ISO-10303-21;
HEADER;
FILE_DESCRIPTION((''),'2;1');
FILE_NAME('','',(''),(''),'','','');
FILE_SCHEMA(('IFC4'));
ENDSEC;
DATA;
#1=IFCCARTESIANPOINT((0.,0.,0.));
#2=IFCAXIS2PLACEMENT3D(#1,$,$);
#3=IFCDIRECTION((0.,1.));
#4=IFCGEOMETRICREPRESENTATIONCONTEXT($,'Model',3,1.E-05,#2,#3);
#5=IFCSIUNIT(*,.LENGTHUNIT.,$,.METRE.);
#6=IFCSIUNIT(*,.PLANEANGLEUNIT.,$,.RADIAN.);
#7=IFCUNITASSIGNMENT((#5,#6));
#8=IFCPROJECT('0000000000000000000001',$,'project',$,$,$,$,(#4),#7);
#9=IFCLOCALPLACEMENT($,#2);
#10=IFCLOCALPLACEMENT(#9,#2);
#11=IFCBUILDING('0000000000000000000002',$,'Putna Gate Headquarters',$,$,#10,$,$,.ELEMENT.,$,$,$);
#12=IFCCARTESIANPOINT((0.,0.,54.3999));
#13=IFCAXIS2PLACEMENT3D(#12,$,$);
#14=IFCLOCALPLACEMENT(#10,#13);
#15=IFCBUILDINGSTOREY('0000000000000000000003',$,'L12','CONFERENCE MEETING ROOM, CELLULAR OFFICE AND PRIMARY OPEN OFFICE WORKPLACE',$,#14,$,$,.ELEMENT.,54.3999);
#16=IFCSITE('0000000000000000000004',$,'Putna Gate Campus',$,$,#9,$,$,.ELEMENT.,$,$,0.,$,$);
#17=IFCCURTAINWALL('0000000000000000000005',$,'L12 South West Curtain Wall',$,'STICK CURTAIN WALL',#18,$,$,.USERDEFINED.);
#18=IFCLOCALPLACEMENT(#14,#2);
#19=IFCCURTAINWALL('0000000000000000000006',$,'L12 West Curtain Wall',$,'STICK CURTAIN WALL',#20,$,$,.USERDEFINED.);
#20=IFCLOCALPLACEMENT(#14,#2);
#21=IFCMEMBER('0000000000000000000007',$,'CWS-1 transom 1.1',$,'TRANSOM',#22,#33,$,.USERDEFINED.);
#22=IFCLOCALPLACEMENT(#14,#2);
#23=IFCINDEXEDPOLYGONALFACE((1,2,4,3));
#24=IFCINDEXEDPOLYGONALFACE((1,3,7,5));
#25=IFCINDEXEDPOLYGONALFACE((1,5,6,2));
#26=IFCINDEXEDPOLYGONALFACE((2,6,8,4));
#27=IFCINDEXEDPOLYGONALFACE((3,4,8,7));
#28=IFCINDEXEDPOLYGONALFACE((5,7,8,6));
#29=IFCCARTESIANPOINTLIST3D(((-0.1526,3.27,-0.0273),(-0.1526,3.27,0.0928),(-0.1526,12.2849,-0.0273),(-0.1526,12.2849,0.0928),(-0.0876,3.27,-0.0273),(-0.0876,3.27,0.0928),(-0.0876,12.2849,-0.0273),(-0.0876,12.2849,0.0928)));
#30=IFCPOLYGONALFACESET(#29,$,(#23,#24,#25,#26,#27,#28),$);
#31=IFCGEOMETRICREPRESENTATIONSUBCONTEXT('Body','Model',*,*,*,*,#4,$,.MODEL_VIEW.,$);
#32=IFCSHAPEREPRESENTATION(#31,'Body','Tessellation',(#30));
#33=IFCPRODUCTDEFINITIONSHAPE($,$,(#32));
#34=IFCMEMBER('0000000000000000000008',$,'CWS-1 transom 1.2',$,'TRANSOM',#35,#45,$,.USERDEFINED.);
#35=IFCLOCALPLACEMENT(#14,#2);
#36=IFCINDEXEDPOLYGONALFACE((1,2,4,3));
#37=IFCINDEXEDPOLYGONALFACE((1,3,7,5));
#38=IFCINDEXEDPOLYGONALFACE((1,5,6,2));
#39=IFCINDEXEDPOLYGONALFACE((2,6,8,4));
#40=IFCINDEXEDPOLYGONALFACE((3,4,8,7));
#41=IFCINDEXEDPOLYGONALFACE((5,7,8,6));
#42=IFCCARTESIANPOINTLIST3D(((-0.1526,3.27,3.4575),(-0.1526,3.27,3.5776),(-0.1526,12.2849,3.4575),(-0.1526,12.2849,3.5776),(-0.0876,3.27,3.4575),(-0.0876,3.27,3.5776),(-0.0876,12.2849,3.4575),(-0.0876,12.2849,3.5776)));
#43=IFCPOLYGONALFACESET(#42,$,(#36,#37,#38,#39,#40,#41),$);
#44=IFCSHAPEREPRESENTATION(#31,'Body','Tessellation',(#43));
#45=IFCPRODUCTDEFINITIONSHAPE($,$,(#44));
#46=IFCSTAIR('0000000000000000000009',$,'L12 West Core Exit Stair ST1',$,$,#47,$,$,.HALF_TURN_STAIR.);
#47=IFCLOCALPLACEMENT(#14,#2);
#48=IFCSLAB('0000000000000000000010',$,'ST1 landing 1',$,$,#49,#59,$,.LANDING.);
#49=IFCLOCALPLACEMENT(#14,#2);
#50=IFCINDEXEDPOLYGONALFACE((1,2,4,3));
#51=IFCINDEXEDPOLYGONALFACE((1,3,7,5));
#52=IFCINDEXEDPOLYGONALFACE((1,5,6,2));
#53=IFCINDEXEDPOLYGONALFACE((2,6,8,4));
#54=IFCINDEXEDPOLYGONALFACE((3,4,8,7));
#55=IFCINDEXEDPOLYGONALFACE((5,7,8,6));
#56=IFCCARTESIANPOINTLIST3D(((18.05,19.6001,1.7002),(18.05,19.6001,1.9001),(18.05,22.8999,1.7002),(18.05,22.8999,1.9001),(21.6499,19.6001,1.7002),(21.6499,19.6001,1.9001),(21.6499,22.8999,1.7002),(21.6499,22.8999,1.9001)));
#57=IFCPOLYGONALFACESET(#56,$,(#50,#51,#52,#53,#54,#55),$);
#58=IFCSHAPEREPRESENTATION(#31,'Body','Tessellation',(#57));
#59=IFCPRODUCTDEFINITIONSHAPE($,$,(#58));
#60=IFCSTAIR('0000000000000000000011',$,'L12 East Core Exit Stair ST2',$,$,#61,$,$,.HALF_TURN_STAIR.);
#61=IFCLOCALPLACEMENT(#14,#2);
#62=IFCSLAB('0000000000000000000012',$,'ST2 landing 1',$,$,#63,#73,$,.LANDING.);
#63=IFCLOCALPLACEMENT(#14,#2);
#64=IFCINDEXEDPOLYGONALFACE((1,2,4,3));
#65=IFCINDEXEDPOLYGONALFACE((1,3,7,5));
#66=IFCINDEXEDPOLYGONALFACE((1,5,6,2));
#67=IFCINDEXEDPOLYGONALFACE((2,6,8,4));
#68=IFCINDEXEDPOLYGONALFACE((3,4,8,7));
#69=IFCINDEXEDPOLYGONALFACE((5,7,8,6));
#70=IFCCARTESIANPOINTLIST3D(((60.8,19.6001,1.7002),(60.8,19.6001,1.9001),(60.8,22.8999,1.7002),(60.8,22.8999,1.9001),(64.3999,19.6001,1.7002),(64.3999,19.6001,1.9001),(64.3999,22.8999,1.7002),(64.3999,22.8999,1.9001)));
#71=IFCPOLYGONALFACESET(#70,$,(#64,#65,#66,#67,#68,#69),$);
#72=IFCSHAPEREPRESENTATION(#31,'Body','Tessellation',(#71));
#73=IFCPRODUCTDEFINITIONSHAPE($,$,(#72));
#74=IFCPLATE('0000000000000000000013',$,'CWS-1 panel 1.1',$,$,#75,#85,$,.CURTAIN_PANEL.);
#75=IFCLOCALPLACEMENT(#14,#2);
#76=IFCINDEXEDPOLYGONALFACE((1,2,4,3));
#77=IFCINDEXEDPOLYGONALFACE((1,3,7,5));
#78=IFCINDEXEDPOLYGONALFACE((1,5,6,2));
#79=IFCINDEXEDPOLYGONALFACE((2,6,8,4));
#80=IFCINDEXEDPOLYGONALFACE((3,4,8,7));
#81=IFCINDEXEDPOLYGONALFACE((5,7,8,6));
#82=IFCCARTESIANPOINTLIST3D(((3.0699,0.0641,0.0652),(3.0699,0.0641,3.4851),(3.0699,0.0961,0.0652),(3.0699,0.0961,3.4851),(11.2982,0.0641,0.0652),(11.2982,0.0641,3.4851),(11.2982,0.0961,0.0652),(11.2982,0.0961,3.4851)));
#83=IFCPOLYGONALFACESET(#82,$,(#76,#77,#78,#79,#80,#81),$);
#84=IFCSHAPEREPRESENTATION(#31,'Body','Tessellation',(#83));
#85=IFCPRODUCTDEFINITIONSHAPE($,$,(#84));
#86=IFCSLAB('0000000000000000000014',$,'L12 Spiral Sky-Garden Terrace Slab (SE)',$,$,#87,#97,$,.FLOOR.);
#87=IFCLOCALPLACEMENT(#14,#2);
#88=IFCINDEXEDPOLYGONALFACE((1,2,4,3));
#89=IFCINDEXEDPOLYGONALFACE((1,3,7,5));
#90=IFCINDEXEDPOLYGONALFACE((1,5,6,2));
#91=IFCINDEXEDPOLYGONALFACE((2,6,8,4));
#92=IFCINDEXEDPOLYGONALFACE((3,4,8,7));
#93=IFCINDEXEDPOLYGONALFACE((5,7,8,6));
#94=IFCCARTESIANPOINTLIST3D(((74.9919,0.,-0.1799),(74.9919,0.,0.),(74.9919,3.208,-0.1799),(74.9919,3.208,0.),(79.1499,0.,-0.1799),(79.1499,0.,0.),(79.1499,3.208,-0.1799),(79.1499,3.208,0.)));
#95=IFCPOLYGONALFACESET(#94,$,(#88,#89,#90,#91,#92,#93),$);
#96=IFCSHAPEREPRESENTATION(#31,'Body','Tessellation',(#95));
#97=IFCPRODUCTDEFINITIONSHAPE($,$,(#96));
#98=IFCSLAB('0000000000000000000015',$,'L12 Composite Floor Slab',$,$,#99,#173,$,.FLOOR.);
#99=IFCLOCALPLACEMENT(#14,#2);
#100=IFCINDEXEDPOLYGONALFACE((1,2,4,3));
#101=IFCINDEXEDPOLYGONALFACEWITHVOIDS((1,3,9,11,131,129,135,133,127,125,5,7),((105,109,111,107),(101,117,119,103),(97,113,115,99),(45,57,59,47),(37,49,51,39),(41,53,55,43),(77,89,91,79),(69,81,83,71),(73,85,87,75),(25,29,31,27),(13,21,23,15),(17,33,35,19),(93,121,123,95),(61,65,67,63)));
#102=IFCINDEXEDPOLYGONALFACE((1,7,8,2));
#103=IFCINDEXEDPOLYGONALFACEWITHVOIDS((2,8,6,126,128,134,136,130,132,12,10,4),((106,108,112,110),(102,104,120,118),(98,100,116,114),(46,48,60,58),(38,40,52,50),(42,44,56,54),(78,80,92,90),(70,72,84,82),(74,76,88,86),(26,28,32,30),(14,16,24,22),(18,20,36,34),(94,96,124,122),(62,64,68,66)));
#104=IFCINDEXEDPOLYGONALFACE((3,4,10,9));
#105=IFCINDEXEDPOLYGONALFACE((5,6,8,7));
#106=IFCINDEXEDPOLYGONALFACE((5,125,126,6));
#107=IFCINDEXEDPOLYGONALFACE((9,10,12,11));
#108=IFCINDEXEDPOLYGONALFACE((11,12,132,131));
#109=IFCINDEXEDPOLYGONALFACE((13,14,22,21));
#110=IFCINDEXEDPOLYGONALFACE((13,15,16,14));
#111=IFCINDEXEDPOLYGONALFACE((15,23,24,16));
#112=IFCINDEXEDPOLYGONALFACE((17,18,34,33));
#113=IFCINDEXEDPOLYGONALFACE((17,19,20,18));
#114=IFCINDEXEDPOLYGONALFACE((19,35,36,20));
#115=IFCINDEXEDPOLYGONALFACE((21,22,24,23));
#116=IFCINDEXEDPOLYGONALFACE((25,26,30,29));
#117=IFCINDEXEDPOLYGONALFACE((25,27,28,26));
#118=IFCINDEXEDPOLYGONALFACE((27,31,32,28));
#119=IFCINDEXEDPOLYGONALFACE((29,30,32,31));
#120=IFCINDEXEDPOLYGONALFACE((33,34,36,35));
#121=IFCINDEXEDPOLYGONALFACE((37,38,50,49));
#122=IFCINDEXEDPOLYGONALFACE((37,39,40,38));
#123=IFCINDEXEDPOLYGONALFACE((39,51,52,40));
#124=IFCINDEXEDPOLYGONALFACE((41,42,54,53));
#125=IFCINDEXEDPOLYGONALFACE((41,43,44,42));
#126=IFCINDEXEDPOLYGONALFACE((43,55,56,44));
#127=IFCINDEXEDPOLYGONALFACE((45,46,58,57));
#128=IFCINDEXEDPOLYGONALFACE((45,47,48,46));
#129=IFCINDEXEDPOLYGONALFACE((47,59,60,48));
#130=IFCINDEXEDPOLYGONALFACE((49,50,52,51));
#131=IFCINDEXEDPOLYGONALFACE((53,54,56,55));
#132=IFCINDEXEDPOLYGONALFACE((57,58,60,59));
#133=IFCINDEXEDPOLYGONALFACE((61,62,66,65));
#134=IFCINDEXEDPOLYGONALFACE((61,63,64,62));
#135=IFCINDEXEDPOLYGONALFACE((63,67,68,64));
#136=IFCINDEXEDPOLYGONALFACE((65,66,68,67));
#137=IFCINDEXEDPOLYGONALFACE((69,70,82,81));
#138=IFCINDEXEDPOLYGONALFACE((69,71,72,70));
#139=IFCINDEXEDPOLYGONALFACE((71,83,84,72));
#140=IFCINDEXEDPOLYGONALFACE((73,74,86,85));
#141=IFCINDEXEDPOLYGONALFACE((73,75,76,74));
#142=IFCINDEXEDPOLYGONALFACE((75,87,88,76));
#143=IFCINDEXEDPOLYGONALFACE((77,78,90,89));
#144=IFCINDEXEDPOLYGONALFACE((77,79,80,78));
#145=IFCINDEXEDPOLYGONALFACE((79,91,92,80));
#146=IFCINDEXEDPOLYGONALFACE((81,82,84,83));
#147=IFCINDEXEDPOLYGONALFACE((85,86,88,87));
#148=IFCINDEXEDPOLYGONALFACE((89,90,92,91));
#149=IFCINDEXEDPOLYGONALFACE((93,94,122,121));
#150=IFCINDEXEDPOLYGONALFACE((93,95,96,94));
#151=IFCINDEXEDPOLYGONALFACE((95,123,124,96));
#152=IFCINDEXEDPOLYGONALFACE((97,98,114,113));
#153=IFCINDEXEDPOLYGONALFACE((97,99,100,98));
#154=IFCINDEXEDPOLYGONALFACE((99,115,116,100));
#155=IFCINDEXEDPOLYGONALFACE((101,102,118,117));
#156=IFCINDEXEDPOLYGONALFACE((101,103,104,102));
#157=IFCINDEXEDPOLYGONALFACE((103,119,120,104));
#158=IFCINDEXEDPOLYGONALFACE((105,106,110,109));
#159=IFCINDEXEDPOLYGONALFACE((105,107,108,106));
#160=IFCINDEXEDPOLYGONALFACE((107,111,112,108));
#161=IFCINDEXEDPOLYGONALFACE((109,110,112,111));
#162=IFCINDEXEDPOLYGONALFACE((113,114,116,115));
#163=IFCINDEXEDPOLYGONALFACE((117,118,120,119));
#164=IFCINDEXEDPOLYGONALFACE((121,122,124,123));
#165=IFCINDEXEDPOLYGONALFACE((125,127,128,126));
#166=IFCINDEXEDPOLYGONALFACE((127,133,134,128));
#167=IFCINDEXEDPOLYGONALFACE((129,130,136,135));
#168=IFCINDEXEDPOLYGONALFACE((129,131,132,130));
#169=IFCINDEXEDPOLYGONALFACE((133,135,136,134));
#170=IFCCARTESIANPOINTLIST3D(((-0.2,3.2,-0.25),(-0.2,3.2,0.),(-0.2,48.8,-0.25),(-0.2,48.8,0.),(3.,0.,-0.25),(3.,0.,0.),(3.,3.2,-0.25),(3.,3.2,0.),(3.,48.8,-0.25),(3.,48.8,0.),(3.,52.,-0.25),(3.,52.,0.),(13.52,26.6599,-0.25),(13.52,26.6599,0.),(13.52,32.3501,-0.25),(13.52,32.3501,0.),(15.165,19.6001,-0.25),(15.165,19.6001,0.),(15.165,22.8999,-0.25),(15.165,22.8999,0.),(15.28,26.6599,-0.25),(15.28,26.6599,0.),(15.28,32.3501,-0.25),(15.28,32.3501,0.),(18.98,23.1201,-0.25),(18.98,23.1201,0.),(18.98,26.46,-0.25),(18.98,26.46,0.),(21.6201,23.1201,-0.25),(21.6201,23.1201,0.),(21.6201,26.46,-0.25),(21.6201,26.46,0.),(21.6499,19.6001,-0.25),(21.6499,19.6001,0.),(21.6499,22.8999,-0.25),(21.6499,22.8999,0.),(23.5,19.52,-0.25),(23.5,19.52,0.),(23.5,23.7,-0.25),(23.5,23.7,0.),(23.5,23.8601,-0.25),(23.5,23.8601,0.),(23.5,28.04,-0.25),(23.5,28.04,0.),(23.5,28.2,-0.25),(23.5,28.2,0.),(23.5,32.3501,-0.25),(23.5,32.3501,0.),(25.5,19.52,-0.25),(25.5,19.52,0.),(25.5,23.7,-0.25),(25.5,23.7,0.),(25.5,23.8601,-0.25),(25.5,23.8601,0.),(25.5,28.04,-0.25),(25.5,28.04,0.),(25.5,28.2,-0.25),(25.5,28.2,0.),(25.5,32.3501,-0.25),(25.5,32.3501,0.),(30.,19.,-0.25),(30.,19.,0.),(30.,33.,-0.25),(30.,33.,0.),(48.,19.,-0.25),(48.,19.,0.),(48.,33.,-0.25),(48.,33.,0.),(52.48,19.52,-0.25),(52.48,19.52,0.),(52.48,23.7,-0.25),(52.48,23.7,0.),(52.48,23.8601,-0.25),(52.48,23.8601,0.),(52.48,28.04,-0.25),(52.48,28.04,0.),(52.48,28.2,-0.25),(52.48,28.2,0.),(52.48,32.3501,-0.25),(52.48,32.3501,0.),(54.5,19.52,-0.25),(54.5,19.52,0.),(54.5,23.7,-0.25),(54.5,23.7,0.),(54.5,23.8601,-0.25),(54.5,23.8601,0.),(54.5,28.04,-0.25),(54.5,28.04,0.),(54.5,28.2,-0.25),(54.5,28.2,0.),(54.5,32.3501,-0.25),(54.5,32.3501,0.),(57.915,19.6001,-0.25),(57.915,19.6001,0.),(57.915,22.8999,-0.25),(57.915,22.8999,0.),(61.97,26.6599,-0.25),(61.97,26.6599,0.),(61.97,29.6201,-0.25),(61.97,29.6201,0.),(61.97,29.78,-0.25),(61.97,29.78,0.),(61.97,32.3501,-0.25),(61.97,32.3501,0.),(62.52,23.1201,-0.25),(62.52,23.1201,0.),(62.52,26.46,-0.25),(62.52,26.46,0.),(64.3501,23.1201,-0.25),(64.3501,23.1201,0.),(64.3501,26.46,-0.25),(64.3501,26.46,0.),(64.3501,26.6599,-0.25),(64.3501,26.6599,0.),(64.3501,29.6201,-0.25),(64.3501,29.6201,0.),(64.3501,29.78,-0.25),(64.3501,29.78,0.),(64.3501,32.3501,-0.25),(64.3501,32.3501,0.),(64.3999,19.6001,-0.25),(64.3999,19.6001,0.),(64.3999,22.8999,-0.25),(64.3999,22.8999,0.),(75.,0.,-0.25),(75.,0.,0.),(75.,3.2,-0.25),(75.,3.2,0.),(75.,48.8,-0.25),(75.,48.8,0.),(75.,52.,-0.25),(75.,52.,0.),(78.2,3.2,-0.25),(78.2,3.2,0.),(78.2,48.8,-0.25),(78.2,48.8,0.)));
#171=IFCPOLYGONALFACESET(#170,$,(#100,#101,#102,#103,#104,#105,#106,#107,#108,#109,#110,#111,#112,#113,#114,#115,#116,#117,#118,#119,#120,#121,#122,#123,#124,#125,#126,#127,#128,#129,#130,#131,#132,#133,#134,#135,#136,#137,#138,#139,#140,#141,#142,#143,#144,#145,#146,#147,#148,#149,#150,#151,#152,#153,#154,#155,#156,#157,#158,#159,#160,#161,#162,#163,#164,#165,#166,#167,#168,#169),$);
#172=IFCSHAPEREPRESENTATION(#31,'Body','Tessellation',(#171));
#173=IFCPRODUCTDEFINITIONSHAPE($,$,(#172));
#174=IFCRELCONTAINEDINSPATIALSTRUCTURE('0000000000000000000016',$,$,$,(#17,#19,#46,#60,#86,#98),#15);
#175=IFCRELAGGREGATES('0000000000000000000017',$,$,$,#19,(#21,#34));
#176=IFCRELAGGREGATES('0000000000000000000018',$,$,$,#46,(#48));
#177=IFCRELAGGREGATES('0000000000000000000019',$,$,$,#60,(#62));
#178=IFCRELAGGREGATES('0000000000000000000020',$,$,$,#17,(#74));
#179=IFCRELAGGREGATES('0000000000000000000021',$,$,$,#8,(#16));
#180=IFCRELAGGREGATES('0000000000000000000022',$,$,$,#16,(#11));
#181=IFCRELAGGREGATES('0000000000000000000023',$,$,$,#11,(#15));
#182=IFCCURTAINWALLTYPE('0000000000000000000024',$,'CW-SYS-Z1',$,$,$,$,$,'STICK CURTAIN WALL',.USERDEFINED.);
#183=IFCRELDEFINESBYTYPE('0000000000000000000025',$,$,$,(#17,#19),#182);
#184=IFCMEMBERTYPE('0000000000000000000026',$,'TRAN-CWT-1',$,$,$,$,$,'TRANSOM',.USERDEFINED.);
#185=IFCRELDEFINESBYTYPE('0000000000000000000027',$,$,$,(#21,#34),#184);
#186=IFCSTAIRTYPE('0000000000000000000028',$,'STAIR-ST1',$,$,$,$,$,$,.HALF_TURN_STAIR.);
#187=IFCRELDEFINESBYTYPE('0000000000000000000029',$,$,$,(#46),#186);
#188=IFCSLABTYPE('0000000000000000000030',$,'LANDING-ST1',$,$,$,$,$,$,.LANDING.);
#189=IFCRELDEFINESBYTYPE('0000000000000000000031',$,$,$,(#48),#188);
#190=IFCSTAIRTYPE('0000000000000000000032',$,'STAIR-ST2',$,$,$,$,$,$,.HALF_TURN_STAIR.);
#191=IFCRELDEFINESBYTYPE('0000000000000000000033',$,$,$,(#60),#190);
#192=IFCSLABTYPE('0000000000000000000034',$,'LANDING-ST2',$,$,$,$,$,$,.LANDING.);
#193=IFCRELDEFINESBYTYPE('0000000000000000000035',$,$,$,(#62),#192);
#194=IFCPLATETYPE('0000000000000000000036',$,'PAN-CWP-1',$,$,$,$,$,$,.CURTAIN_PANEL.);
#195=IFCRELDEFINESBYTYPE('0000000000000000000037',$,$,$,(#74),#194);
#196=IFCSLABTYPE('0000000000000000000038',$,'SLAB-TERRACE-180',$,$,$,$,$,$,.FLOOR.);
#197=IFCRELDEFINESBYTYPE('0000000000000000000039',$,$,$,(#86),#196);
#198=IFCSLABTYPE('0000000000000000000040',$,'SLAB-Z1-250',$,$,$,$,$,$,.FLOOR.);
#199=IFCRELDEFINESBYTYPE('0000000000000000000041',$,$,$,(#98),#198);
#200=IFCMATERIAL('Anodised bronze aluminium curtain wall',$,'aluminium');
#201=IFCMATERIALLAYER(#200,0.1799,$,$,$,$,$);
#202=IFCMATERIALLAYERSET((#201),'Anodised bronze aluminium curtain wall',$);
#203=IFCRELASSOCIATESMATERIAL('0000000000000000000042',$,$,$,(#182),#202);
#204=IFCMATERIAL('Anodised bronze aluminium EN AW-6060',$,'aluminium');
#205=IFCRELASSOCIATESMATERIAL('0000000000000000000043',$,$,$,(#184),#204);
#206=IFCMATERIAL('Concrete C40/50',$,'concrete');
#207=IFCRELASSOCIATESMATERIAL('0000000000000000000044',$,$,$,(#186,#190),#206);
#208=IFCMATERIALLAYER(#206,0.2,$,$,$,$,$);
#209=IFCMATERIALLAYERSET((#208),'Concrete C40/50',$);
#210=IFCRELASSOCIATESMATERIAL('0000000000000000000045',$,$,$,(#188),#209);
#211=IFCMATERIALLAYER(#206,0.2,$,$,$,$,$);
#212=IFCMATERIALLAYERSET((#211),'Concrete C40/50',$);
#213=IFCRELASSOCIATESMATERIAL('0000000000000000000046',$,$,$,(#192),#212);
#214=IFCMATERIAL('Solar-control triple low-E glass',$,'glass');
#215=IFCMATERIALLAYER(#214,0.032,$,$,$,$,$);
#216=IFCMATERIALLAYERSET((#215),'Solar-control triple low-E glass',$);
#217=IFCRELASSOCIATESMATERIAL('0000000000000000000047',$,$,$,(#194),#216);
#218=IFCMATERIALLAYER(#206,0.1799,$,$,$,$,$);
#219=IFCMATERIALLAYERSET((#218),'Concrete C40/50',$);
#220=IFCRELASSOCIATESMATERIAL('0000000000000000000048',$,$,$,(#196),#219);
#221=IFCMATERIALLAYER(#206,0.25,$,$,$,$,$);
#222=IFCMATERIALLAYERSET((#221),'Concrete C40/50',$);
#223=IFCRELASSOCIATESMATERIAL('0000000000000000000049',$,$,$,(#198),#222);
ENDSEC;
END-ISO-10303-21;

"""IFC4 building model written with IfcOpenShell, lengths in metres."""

from ifc_helpers import new_model, si_unit, direction, frame, origin, origin_2d, place, context, subcontext, project, spatial, polyline, rectangle, outline, extrude, material, layer, layer_set, material_profile, profile_set, type_object, element, aggregate, save


model = new_model("IFC4")

# Units and contexts
model_context = context("Model", 3, precision=1e-05, world=origin(), true_north=direction((0.0, 1.0)))
body_context = subcontext(model_context, "Body", "Model", "MODEL_VIEW")
ifc_project = project(units=[si_unit("LENGTHUNIT", "METRE"), si_unit("PLANEANGLEUNIT", "RADIAN")], contexts=[model_context])

# Site, building, storey
site_placement = place(None, origin())
site = spatial("IfcSite", under=ifc_project, at=site_placement, Name="Putna Gate Campus", CompositionType="ELEMENT", RefElevation=0.0)
building_placement = place(site_placement, origin())
building = spatial("IfcBuilding", under=site, at=building_placement, Name="Putna Gate Headquarters", CompositionType="ELEMENT")
storey_placement = place(building_placement, frame((0.0, 0.0, 54.3999)))
storey = spatial("IfcBuildingStorey", under=building, at=storey_placement, Name="L12", Description="CONFERENCE MEETING ROOM, CELLULAR OFFICE AND PRIMARY OPEN OFFICE WORKPLACE", CompositionType="ELEMENT", Elevation=54.3999)

# Curtain wall
ifc_material_1 = material(Name="Anodised bronze aluminium curtain wall", Category="aluminium")
ifc_layer_1 = layer(ifc_material_1, 0.1799)
ifc_layer_set_1 = layer_set([ifc_layer_1], Name="Anodised bronze aluminium curtain wall")
curtain_wall_type = type_object("IfcCurtainWallType", Name="CW-SYS-Z1", ElementType="STICK CURTAIN WALL", PredefinedType="USERDEFINED", material=ifc_layer_set_1)
curtain_wall_1_placement = place(storey_placement, origin())
curtain_wall_1 = element("IfcCurtainWall", 1, at=curtain_wall_1_placement, inside=storey, type_object=curtain_wall_type, Name="L12 South West Curtain Wall", ObjectType="STICK CURTAIN WALL", PredefinedType="USERDEFINED")
ifc_material_2 = material(Name="Anodised bronze aluminium EN AW-6060", Category="aluminium")

# Curtain wall
curtain_wall_2_placement = place(storey_placement, origin())
curtain_wall_2 = element("IfcCurtainWall", 2, at=curtain_wall_2_placement, inside=storey, type_object=curtain_wall_type, Name="L12 West Curtain Wall", ObjectType="STICK CURTAIN WALL", PredefinedType="USERDEFINED")

# Members
ifc_material_profile_1 = material_profile(ifc_material_2, rectangle(XDim=0.0649, YDim=0.1201, at=origin_2d()), Name="Anodised bronze aluminium EN AW-6060")
ifc_profile_set_1 = profile_set([ifc_material_profile_1], Name="Anodised bronze aluminium EN AW-6060")
member_type_1 = type_object("IfcMemberType", Name="TRAN-CWT-1", ElementType="TRANSOM", PredefinedType="USERDEFINED", material=ifc_profile_set_1)
member_1_placement = place(storey_placement, frame((-0.1201, 3.27, 0.0327), z_axis=(0.0, 1.0, 0.0), x_axis=(-1.0, 0.0, 0.0)))
member_1 = element("IfcMember", 3, at=member_1_placement, type_object=member_type_1, Name="CWS-1 transom 1.1", ObjectType="TRANSOM", PredefinedType="USERDEFINED", context=body_context, shape_type="SweptSolid", body=[
    extrude(rectangle(XDim=0.0649, YDim=0.1201, at=origin_2d()), origin(), (0.0, 0.0, 1.0), 9.0149),
])
member_2_placement = place(storey_placement, frame((-0.1201, 3.27, 3.5176), z_axis=(0.0, 1.0, 0.0), x_axis=(-1.0, 0.0, 0.0)))
member_2 = element("IfcMember", 4, at=member_2_placement, type_object=member_type_1, Name="CWS-1 transom 1.2", ObjectType="TRANSOM", PredefinedType="USERDEFINED", context=body_context, shape_type="SweptSolid", body=[
    extrude(rectangle(XDim=0.0649, YDim=0.1201, at=origin_2d()), origin(), (0.0, 0.0, 1.0), 9.0149),
])
aggregate(curtain_wall_2, [member_1, member_2])

# Stairs, slabs
ifc_material_3 = material(Name="Concrete C40/50", Category="concrete")
stair_type_1 = type_object("IfcStairType", Name="STAIR-ST1", PredefinedType="HALF_TURN_STAIR", material=ifc_material_3)
stair_1_placement = place(storey_placement, origin())
stair_1 = element("IfcStair", 5, at=stair_1_placement, inside=storey, type_object=stair_type_1, Name="L12 West Core Exit Stair ST1", PredefinedType="HALF_TURN_STAIR")
ifc_layer_2 = layer(ifc_material_3, 0.2)
ifc_layer_set_2 = layer_set([ifc_layer_2], Name="Concrete C40/50")
slab_type_1 = type_object("IfcSlabType", Name="LANDING-ST1", PredefinedType="LANDING", material=ifc_layer_set_2)
slab_1_placement = place(storey_placement, frame((0.0, 0.0, 1.7002)))
slab_1 = element("IfcSlab", 6, at=slab_1_placement, type_object=slab_type_1, Name="ST1 landing 1", PredefinedType="LANDING", context=body_context, shape_type="SweptSolid", body=[
    extrude(outline(polyline([(18.05, 19.6001), (21.6499, 19.6001), (21.6499, 22.8999), (18.05, 22.8999), (18.05, 19.6001)])), origin(), (0.0, 0.0, 1.0), 0.2),
])
aggregate(stair_1, [slab_1])
stair_type_2 = type_object("IfcStairType", Name="STAIR-ST2", PredefinedType="HALF_TURN_STAIR", material=ifc_material_3)
stair_2_placement = place(storey_placement, origin())
stair_2 = element("IfcStair", 7, at=stair_2_placement, inside=storey, type_object=stair_type_2, Name="L12 East Core Exit Stair ST2", PredefinedType="HALF_TURN_STAIR")
ifc_layer_3 = layer(ifc_material_3, 0.2)
ifc_layer_set_3 = layer_set([ifc_layer_3], Name="Concrete C40/50")
slab_type_2 = type_object("IfcSlabType", Name="LANDING-ST2", PredefinedType="LANDING", material=ifc_layer_set_3)
slab_2_placement = place(storey_placement, frame((0.0, 0.0, 1.7002)))
slab_2 = element("IfcSlab", 8, at=slab_2_placement, type_object=slab_type_2, Name="ST2 landing 1", PredefinedType="LANDING", context=body_context, shape_type="SweptSolid", body=[
    extrude(outline(polyline([(60.8, 19.6001), (64.3999, 19.6001), (64.3999, 22.8999), (60.8, 22.8999), (60.8, 19.6001)])), origin(), (0.0, 0.0, 1.0), 0.2),
])
aggregate(stair_2, [slab_2])

# Plate
ifc_material_4 = material(Name="Solar-control triple low-E glass", Category="glass")
ifc_layer_4 = layer(ifc_material_4, 0.032)
ifc_layer_set_4 = layer_set([ifc_layer_4], Name="Solar-control triple low-E glass")
plate_type = type_object("IfcPlateType", Name="PAN-CWP-1", PredefinedType="CURTAIN_PANEL", material=ifc_layer_set_4)
plate_placement = place(storey_placement, frame((7.1841, 0.0801, 0.0652), z_axis=(0.0, 0.0, 1.0), x_axis=(1.0, 0.0, 0.0)))
plate = element("IfcPlate", 9, at=plate_placement, type_object=plate_type, Name="CWS-1 panel 1.1", PredefinedType="CURTAIN_PANEL", context=body_context, shape_type="SweptSolid", body=[
    extrude(rectangle(XDim=8.2283, YDim=0.032, at=origin_2d()), origin(), (0.0, 0.0, 1.0), 3.4199),
])
aggregate(curtain_wall_1, [plate])

# Slabs
ifc_layer_5 = layer(ifc_material_3, 0.1799)
ifc_layer_set_5 = layer_set([ifc_layer_5], Name="Concrete C40/50")
slab_type_3 = type_object("IfcSlabType", Name="SLAB-TERRACE-180", PredefinedType="FLOOR", material=ifc_layer_set_5)
slab_3_placement = place(storey_placement, frame((0.0, 0.0, -0.1799)))
element("IfcSlab", 10, at=slab_3_placement, inside=storey, type_object=slab_type_3, Name="L12 Spiral Sky-Garden Terrace Slab (SE)", PredefinedType="FLOOR", context=body_context, shape_type="SweptSolid", body=[
    extrude(outline(polyline([(74.9919, 0.0), (79.1499, 0.0), (79.1499, 3.208), (74.9919, 3.208), (74.9919, 0.0)])), origin(), (0.0, 0.0, 1.0), 0.1799),
])
ifc_layer_6 = layer(ifc_material_3, 0.25)
ifc_layer_set_6 = layer_set([ifc_layer_6], Name="Concrete C40/50")
slab_type_4 = type_object("IfcSlabType", Name="SLAB-Z1-250", PredefinedType="FLOOR", material=ifc_layer_set_6)
slab_4_placement = place(storey_placement, frame((0.0, 0.0, -0.25)))
element("IfcSlab", 11, at=slab_4_placement, inside=storey, type_object=slab_type_4, Name="L12 Composite Floor Slab", PredefinedType="FLOOR", context=body_context, shape_type="SweptSolid", body=[
    extrude(outline(polyline([(3.0, 0.0), (75.0, 0.0), (75.0, 3.2), (78.2, 3.2), (78.2, 48.8), (75.0, 48.8), (75.0, 52.0), (3.0, 52.0), (3.0, 48.8), (-0.2, 48.8), (-0.2, 3.2), (3.0, 3.2), (3.0, 0.0)]), holes=[polyline([(15.165, 19.6001), (21.6499, 19.6001), (21.6499, 22.8999), (15.165, 22.8999), (15.165, 19.6001)]), polyline([(57.915, 19.6001), (64.3999, 19.6001), (64.3999, 22.8999), (57.915, 22.8999), (57.915, 19.6001)]), polyline([(13.52, 26.6599), (15.28, 26.6599), (15.28, 32.3501), (13.52, 32.3501), (13.52, 26.6599)]), polyline([(61.97, 29.78), (64.3501, 29.78), (64.3501, 32.3501), (61.97, 32.3501), (61.97, 29.78)]), polyline([(18.98, 23.1201), (21.6201, 23.1201), (21.6201, 26.46), (18.98, 26.46), (18.98, 23.1201)]), polyline([(62.52, 23.1201), (64.3501, 23.1201), (64.3501, 26.46), (62.52, 26.46), (62.52, 23.1201)]), polyline([(61.97, 26.6599), (64.3501, 26.6599), (64.3501, 29.6201), (61.97, 29.6201), (61.97, 26.6599)]), polyline([(23.5, 19.52), (25.5, 19.52), (25.5, 23.7), (23.5, 23.7), (23.5, 19.52)]), polyline([(52.48, 19.52), (54.5, 19.52), (54.5, 23.7), (52.48, 23.7), (52.48, 19.52)]), polyline([(23.5, 23.8601), (25.5, 23.8601), (25.5, 28.04), (23.5, 28.04), (23.5, 23.8601)]), polyline([(52.48, 23.8601), (54.5, 23.8601), (54.5, 28.04), (52.48, 28.04), (52.48, 23.8601)]), polyline([(23.5, 28.2), (25.5, 28.2), (25.5, 32.3501), (23.5, 32.3501), (23.5, 28.2)]), polyline([(52.48, 28.2), (54.5, 28.2), (54.5, 32.3501), (52.48, 32.3501), (52.48, 28.2)]), polyline([(30.0, 19.0), (48.0, 19.0), (48.0, 33.0), (30.0, 33.0), (30.0, 19.0)])]), origin(), (0.0, 0.0, 1.0), 0.25),
])

save(model, "model.ifc")
